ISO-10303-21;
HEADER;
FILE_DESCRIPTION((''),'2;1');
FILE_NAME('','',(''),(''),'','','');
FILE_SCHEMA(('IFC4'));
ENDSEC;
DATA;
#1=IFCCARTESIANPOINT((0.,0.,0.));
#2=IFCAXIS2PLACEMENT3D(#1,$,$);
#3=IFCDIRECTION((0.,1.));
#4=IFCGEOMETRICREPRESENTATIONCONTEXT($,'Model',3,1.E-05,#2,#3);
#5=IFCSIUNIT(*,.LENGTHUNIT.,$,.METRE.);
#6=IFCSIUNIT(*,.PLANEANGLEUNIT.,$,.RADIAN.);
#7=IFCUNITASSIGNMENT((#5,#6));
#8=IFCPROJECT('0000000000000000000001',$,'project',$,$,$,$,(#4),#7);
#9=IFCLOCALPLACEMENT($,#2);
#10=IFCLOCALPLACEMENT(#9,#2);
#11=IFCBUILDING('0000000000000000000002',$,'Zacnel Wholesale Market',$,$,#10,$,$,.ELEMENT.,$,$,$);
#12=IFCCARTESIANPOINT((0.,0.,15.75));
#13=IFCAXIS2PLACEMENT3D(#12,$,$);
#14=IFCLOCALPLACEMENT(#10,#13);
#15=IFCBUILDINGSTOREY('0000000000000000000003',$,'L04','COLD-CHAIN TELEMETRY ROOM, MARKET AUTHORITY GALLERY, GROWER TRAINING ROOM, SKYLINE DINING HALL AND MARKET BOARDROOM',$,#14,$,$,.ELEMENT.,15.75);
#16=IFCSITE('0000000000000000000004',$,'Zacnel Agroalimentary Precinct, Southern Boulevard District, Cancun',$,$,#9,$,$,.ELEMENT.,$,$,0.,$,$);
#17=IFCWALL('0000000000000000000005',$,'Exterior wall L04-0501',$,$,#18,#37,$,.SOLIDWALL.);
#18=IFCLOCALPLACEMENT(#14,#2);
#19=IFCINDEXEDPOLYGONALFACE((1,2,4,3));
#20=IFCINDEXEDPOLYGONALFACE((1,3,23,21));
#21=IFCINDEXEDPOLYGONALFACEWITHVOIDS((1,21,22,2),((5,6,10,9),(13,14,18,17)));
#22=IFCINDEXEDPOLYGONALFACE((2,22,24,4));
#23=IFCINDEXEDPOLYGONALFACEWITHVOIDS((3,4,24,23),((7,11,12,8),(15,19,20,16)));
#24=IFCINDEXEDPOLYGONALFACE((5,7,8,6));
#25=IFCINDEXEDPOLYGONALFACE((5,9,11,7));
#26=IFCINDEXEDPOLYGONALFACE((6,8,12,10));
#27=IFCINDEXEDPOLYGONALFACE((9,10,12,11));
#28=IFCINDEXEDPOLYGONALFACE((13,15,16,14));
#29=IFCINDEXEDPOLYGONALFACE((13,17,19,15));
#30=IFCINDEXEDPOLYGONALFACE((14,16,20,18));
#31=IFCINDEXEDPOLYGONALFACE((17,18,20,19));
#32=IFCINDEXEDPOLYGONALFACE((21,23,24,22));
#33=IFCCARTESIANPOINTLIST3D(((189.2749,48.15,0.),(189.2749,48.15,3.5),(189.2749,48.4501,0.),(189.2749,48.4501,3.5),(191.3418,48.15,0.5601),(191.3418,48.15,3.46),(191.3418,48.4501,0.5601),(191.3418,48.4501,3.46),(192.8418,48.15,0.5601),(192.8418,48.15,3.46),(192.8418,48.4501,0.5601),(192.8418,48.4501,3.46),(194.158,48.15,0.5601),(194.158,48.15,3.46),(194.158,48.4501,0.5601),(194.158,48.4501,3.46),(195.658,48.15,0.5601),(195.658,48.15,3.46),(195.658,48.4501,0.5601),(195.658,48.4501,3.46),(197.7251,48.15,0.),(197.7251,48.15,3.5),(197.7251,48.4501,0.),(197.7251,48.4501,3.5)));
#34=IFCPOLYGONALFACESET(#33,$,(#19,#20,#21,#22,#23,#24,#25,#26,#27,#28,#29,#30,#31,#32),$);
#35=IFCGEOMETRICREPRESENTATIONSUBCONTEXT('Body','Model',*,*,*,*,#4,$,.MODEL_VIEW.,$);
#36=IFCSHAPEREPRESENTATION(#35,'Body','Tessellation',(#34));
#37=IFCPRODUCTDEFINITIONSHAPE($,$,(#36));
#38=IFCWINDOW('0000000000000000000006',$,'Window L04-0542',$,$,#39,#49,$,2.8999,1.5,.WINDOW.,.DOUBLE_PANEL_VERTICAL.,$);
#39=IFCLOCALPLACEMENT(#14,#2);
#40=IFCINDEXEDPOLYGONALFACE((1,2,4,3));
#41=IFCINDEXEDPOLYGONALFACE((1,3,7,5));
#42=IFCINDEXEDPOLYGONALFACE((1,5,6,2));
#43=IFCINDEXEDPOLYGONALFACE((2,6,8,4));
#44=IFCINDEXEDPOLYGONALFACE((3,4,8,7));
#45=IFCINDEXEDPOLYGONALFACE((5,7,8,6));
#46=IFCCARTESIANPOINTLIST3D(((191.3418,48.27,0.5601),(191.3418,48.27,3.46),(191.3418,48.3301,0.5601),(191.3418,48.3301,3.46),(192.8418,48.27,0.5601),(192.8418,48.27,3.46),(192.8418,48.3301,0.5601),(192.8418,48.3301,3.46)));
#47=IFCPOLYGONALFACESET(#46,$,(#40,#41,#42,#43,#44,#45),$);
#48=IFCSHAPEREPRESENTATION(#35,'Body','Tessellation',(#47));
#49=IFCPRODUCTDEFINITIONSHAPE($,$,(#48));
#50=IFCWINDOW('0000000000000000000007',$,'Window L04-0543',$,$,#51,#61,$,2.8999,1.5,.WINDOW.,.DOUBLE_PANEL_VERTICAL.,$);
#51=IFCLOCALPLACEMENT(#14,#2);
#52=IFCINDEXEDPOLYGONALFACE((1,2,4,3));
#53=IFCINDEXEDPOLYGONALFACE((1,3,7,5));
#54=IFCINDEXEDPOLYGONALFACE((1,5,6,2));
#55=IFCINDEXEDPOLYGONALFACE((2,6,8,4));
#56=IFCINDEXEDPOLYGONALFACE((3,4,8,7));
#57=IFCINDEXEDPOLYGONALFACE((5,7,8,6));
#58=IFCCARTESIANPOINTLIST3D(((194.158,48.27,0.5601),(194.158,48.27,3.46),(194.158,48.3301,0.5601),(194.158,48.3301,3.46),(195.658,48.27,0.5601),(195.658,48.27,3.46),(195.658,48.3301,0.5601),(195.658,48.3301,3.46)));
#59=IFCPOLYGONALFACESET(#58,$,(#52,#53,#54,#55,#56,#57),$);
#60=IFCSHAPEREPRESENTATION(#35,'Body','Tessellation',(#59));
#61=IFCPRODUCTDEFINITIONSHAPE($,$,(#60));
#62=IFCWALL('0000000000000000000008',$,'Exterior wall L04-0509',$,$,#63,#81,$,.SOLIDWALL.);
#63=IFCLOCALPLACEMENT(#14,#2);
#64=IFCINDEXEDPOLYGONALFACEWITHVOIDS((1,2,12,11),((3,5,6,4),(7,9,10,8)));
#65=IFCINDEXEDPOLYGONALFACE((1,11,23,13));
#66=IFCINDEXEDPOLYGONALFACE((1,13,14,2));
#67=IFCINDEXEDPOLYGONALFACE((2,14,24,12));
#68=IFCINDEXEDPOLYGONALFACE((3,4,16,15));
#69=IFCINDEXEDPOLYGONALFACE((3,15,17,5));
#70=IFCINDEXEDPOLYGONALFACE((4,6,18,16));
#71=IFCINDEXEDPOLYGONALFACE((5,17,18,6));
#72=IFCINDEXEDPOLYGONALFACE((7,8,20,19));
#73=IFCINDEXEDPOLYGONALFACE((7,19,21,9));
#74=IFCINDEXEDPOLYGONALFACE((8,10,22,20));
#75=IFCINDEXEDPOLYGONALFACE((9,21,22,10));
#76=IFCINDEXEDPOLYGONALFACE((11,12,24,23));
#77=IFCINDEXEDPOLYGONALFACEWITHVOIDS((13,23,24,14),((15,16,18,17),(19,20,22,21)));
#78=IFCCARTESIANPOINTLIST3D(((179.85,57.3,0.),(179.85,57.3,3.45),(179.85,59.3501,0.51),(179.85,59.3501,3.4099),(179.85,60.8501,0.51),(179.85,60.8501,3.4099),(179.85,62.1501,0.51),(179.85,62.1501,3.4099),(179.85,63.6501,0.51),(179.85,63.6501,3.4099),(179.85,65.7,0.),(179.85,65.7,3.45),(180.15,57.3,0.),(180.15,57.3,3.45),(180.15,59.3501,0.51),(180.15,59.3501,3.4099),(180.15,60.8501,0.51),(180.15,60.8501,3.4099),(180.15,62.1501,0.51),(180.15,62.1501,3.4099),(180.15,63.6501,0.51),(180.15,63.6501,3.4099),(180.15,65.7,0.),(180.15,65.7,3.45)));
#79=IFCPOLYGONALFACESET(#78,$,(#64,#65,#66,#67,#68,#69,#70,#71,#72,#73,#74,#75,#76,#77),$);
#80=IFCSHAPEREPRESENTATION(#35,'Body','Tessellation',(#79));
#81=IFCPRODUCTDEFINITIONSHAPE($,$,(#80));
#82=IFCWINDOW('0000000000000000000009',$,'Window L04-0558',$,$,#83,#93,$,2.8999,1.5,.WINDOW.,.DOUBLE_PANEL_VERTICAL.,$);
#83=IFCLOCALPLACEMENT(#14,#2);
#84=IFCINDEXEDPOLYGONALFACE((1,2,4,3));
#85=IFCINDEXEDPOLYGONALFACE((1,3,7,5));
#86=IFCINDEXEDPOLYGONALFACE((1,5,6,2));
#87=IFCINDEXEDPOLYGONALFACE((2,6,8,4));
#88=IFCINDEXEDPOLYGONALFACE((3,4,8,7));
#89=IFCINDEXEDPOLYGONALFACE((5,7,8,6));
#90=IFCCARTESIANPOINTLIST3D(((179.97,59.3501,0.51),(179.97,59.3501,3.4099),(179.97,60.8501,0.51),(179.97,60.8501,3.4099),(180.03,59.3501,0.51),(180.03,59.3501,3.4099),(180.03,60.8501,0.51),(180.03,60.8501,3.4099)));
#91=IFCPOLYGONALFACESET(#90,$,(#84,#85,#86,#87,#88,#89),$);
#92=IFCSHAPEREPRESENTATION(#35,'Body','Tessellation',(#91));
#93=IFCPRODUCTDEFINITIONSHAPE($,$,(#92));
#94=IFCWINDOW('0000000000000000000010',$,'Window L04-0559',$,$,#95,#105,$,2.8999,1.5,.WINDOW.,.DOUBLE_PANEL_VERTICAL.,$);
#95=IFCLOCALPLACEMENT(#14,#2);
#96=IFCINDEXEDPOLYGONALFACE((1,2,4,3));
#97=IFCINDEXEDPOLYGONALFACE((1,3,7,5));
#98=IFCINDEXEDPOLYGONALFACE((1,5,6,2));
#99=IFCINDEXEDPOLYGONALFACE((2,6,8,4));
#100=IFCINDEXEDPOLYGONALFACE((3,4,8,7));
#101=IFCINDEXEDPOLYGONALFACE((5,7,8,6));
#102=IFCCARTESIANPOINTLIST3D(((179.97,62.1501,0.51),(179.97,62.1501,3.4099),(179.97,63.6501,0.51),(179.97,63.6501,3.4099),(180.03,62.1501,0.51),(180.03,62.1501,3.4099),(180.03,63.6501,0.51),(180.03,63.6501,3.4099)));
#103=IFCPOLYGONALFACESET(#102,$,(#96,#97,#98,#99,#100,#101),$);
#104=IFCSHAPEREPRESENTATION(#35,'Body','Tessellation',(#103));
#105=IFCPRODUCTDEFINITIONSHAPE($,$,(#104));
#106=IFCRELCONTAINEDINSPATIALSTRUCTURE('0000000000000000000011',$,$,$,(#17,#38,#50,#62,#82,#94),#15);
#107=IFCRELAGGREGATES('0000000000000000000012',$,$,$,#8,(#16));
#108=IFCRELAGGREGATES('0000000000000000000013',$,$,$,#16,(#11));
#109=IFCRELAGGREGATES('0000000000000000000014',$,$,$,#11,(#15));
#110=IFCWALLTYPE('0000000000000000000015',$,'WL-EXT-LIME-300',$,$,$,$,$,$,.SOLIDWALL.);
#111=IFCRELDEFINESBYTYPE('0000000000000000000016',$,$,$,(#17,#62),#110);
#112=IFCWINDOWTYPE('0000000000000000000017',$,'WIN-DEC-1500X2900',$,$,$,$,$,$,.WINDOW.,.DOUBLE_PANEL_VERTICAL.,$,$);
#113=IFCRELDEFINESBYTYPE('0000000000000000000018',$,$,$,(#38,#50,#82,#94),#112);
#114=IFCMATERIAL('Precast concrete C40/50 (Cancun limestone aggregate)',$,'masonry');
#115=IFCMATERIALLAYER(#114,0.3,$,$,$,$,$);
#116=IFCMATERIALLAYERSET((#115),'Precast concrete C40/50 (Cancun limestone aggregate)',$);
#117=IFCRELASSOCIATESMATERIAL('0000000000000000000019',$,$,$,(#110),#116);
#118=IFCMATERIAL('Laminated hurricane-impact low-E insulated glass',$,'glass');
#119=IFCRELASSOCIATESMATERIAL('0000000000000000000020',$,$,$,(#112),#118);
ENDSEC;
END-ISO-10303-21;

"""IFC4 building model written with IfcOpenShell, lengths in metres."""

from ifc_helpers import new_model, si_unit, direction, frame, frame_2d, origin, place, context, subcontext, project, spatial, rectangle, extrude, material, layer, layer_set, type_object, element, fill, save


model = new_model("IFC4")

# Units and contexts
model_context = context("Model", 3, precision=1e-05, world=origin(), true_north=direction((0.0, 1.0)))
body_context = subcontext(model_context, "Body", "Model", "MODEL_VIEW")
ifc_project = project(units=[si_unit("LENGTHUNIT", "METRE"), si_unit("PLANEANGLEUNIT", "RADIAN")], contexts=[model_context])

# Site, building, storey
site_placement = place(None, origin())
site = spatial("IfcSite", under=ifc_project, at=site_placement, Name="Zacnel Agroalimentary Precinct, Southern Boulevard District, Cancun", CompositionType="ELEMENT", RefElevation=0.0)
building_placement = place(site_placement, origin())
building = spatial("IfcBuilding", under=site, at=building_placement, Name="Zacnel Wholesale Market", CompositionType="ELEMENT")
storey_placement = place(building_placement, frame((0.0, 0.0, 15.75)))
storey = spatial("IfcBuildingStorey", under=building, at=storey_placement, Name="L04", Description="COLD-CHAIN TELEMETRY ROOM, MARKET AUTHORITY GALLERY, GROWER TRAINING ROOM, SKYLINE DINING HALL AND MARKET BOARDROOM", CompositionType="ELEMENT", Elevation=15.75)

# Walls, openings, windows
ifc_material_1 = material(Name="Precast concrete C40/50 (Cancun limestone aggregate)", Category="masonry")
ifc_layer = layer(ifc_material_1, 0.3)
ifc_layer_set = layer_set([ifc_layer], Name="Precast concrete C40/50 (Cancun limestone aggregate)")
wall_type = type_object("IfcWallType", Name="WL-EXT-LIME-300", PredefinedType="SOLIDWALL", material=ifc_layer_set)
wall_1_placement = place(storey_placement, frame((189.2749, 48.3, 0.0), z_axis=(0.0, 0.0, 1.0), x_axis=(1.0, 0.0, 0.0)))
wall_1 = element("IfcWall", 1, at=wall_1_placement, inside=storey, type_object=wall_type, Name="Exterior wall L04-0501", PredefinedType="SOLIDWALL", context=body_context, shape_type="SweptSolid", body=[
    extrude(rectangle(XDim=8.4502, YDim=0.3, at=frame_2d((4.2251, 0.0))), origin(), (0.0, 0.0, 1.0), 3.5),
])
opening_1_placement = place(wall_1_placement, frame((2.0669, 0.0, 0.5601)))
opening_1 = element("IfcOpeningElement", 2, at=opening_1_placement, cuts=wall_1, PredefinedType="OPENING", context=body_context, shape_type="SweptSolid", body=[
    extrude(rectangle(XDim=1.5, YDim=2.8999, at=frame_2d((0.75, 1.45))), frame((0.0, 0.1599, 0.0), z_axis=(0.0, -1.0, 0.0), x_axis=(1.0, 0.0, 0.0)), (0.0, 0.0, 1.0), 0.3201),
])
opening_2_placement = place(wall_1_placement, frame((4.8831, 0.0, 0.5601)))
opening_2 = element("IfcOpeningElement", 3, at=opening_2_placement, cuts=wall_1, PredefinedType="OPENING", context=body_context, shape_type="SweptSolid", body=[
    extrude(rectangle(XDim=1.5, YDim=2.8999, at=frame_2d((0.75, 1.45))), frame((0.0, 0.1599, 0.0), z_axis=(0.0, -1.0, 0.0), x_axis=(1.0, 0.0, 0.0)), (0.0, 0.0, 1.0), 0.3201),
])
ifc_material_2 = material(Name="Laminated hurricane-impact low-E insulated glass", Category="glass")
window_type = type_object("IfcWindowType", Name="WIN-DEC-1500X2900", PartitioningType="DOUBLE_PANEL_VERTICAL", PredefinedType="WINDOW", material=ifc_material_2)
window_1_placement = place(opening_1_placement, origin())
window_1 = element("IfcWindow", 4, at=window_1_placement, inside=storey, type_object=window_type, Name="Window L04-0542", OverallHeight=2.8999, OverallWidth=1.5, PartitioningType="DOUBLE_PANEL_VERTICAL", PredefinedType="WINDOW", context=body_context, shape_type="SweptSolid", body=[
    extrude(rectangle(XDim=1.5, YDim=2.8999, at=frame_2d((0.75, 1.45))), frame((0.0, 0.03, 0.0), z_axis=(0.0, -1.0, 0.0), x_axis=(1.0, 0.0, 0.0)), (0.0, 0.0, 1.0), 0.0601),
])
fill(opening_1, window_1)
window_2_placement = place(opening_2_placement, origin())
window_2 = element("IfcWindow", 5, at=window_2_placement, inside=storey, type_object=window_type, Name="Window L04-0543", OverallHeight=2.8999, OverallWidth=1.5, PartitioningType="DOUBLE_PANEL_VERTICAL", PredefinedType="WINDOW", context=body_context, shape_type="SweptSolid", body=[
    extrude(rectangle(XDim=1.5, YDim=2.8999, at=frame_2d((0.75, 1.45))), frame((0.0, 0.03, 0.0), z_axis=(0.0, -1.0, 0.0), x_axis=(1.0, 0.0, 0.0)), (0.0, 0.0, 1.0), 0.0601),
])
fill(opening_2, window_2)
wall_2_placement = place(storey_placement, frame((180.0, 57.3, 0.0), z_axis=(0.0, 0.0, 1.0), x_axis=(0.0, 1.0, 0.0)))
wall_2 = element("IfcWall", 6, at=wall_2_placement, inside=storey, type_object=wall_type, Name="Exterior wall L04-0509", PredefinedType="SOLIDWALL", context=body_context, shape_type="SweptSolid", body=[
    extrude(rectangle(XDim=8.3999, YDim=0.3, at=frame_2d((4.2, 0.0))), origin(), (0.0, 0.0, 1.0), 3.45),
])
opening_3_placement = place(wall_2_placement, frame((2.05, 0.0, 0.51)))
opening_3 = element("IfcOpeningElement", 7, at=opening_3_placement, cuts=wall_2, PredefinedType="OPENING", context=body_context, shape_type="SweptSolid", body=[
    extrude(rectangle(XDim=1.5, YDim=2.8999, at=frame_2d((0.75, 1.45))), frame((0.0, 0.1599, 0.0), z_axis=(0.0, -1.0, 0.0), x_axis=(1.0, 0.0, 0.0)), (0.0, 0.0, 1.0), 0.3201),
])
opening_4_placement = place(wall_2_placement, frame((4.8501, 0.0, 0.51)))
opening_4 = element("IfcOpeningElement", 8, at=opening_4_placement, cuts=wall_2, PredefinedType="OPENING", context=body_context, shape_type="SweptSolid", body=[
    extrude(rectangle(XDim=1.5, YDim=2.8999, at=frame_2d((0.75, 1.45))), frame((0.0, 0.1599, 0.0), z_axis=(0.0, -1.0, 0.0), x_axis=(1.0, 0.0, 0.0)), (0.0, 0.0, 1.0), 0.3201),
])
window_3_placement = place(opening_3_placement, origin())
window_3 = element("IfcWindow", 9, at=window_3_placement, inside=storey, type_object=window_type, Name="Window L04-0558", OverallHeight=2.8999, OverallWidth=1.5, PartitioningType="DOUBLE_PANEL_VERTICAL", PredefinedType="WINDOW", context=body_context, shape_type="SweptSolid", body=[
    extrude(rectangle(XDim=1.5, YDim=2.8999, at=frame_2d((0.75, 1.45))), frame((0.0, 0.03, 0.0), z_axis=(0.0, -1.0, 0.0), x_axis=(1.0, 0.0, 0.0)), (0.0, 0.0, 1.0), 0.0601),
])
fill(opening_3, window_3)
window_4_placement = place(opening_4_placement, origin())
window_4 = element("IfcWindow", 10, at=window_4_placement, inside=storey, type_object=window_type, Name="Window L04-0559", OverallHeight=2.8999, OverallWidth=1.5, PartitioningType="DOUBLE_PANEL_VERTICAL", PredefinedType="WINDOW", context=body_context, shape_type="SweptSolid", body=[
    extrude(rectangle(XDim=1.5, YDim=2.8999, at=frame_2d((0.75, 1.45))), frame((0.0, 0.03, 0.0), z_axis=(0.0, -1.0, 0.0), x_axis=(1.0, 0.0, 0.0)), (0.0, 0.0, 1.0), 0.0601),
])
fill(opening_4, window_4)

save(model, "model.ifc")
